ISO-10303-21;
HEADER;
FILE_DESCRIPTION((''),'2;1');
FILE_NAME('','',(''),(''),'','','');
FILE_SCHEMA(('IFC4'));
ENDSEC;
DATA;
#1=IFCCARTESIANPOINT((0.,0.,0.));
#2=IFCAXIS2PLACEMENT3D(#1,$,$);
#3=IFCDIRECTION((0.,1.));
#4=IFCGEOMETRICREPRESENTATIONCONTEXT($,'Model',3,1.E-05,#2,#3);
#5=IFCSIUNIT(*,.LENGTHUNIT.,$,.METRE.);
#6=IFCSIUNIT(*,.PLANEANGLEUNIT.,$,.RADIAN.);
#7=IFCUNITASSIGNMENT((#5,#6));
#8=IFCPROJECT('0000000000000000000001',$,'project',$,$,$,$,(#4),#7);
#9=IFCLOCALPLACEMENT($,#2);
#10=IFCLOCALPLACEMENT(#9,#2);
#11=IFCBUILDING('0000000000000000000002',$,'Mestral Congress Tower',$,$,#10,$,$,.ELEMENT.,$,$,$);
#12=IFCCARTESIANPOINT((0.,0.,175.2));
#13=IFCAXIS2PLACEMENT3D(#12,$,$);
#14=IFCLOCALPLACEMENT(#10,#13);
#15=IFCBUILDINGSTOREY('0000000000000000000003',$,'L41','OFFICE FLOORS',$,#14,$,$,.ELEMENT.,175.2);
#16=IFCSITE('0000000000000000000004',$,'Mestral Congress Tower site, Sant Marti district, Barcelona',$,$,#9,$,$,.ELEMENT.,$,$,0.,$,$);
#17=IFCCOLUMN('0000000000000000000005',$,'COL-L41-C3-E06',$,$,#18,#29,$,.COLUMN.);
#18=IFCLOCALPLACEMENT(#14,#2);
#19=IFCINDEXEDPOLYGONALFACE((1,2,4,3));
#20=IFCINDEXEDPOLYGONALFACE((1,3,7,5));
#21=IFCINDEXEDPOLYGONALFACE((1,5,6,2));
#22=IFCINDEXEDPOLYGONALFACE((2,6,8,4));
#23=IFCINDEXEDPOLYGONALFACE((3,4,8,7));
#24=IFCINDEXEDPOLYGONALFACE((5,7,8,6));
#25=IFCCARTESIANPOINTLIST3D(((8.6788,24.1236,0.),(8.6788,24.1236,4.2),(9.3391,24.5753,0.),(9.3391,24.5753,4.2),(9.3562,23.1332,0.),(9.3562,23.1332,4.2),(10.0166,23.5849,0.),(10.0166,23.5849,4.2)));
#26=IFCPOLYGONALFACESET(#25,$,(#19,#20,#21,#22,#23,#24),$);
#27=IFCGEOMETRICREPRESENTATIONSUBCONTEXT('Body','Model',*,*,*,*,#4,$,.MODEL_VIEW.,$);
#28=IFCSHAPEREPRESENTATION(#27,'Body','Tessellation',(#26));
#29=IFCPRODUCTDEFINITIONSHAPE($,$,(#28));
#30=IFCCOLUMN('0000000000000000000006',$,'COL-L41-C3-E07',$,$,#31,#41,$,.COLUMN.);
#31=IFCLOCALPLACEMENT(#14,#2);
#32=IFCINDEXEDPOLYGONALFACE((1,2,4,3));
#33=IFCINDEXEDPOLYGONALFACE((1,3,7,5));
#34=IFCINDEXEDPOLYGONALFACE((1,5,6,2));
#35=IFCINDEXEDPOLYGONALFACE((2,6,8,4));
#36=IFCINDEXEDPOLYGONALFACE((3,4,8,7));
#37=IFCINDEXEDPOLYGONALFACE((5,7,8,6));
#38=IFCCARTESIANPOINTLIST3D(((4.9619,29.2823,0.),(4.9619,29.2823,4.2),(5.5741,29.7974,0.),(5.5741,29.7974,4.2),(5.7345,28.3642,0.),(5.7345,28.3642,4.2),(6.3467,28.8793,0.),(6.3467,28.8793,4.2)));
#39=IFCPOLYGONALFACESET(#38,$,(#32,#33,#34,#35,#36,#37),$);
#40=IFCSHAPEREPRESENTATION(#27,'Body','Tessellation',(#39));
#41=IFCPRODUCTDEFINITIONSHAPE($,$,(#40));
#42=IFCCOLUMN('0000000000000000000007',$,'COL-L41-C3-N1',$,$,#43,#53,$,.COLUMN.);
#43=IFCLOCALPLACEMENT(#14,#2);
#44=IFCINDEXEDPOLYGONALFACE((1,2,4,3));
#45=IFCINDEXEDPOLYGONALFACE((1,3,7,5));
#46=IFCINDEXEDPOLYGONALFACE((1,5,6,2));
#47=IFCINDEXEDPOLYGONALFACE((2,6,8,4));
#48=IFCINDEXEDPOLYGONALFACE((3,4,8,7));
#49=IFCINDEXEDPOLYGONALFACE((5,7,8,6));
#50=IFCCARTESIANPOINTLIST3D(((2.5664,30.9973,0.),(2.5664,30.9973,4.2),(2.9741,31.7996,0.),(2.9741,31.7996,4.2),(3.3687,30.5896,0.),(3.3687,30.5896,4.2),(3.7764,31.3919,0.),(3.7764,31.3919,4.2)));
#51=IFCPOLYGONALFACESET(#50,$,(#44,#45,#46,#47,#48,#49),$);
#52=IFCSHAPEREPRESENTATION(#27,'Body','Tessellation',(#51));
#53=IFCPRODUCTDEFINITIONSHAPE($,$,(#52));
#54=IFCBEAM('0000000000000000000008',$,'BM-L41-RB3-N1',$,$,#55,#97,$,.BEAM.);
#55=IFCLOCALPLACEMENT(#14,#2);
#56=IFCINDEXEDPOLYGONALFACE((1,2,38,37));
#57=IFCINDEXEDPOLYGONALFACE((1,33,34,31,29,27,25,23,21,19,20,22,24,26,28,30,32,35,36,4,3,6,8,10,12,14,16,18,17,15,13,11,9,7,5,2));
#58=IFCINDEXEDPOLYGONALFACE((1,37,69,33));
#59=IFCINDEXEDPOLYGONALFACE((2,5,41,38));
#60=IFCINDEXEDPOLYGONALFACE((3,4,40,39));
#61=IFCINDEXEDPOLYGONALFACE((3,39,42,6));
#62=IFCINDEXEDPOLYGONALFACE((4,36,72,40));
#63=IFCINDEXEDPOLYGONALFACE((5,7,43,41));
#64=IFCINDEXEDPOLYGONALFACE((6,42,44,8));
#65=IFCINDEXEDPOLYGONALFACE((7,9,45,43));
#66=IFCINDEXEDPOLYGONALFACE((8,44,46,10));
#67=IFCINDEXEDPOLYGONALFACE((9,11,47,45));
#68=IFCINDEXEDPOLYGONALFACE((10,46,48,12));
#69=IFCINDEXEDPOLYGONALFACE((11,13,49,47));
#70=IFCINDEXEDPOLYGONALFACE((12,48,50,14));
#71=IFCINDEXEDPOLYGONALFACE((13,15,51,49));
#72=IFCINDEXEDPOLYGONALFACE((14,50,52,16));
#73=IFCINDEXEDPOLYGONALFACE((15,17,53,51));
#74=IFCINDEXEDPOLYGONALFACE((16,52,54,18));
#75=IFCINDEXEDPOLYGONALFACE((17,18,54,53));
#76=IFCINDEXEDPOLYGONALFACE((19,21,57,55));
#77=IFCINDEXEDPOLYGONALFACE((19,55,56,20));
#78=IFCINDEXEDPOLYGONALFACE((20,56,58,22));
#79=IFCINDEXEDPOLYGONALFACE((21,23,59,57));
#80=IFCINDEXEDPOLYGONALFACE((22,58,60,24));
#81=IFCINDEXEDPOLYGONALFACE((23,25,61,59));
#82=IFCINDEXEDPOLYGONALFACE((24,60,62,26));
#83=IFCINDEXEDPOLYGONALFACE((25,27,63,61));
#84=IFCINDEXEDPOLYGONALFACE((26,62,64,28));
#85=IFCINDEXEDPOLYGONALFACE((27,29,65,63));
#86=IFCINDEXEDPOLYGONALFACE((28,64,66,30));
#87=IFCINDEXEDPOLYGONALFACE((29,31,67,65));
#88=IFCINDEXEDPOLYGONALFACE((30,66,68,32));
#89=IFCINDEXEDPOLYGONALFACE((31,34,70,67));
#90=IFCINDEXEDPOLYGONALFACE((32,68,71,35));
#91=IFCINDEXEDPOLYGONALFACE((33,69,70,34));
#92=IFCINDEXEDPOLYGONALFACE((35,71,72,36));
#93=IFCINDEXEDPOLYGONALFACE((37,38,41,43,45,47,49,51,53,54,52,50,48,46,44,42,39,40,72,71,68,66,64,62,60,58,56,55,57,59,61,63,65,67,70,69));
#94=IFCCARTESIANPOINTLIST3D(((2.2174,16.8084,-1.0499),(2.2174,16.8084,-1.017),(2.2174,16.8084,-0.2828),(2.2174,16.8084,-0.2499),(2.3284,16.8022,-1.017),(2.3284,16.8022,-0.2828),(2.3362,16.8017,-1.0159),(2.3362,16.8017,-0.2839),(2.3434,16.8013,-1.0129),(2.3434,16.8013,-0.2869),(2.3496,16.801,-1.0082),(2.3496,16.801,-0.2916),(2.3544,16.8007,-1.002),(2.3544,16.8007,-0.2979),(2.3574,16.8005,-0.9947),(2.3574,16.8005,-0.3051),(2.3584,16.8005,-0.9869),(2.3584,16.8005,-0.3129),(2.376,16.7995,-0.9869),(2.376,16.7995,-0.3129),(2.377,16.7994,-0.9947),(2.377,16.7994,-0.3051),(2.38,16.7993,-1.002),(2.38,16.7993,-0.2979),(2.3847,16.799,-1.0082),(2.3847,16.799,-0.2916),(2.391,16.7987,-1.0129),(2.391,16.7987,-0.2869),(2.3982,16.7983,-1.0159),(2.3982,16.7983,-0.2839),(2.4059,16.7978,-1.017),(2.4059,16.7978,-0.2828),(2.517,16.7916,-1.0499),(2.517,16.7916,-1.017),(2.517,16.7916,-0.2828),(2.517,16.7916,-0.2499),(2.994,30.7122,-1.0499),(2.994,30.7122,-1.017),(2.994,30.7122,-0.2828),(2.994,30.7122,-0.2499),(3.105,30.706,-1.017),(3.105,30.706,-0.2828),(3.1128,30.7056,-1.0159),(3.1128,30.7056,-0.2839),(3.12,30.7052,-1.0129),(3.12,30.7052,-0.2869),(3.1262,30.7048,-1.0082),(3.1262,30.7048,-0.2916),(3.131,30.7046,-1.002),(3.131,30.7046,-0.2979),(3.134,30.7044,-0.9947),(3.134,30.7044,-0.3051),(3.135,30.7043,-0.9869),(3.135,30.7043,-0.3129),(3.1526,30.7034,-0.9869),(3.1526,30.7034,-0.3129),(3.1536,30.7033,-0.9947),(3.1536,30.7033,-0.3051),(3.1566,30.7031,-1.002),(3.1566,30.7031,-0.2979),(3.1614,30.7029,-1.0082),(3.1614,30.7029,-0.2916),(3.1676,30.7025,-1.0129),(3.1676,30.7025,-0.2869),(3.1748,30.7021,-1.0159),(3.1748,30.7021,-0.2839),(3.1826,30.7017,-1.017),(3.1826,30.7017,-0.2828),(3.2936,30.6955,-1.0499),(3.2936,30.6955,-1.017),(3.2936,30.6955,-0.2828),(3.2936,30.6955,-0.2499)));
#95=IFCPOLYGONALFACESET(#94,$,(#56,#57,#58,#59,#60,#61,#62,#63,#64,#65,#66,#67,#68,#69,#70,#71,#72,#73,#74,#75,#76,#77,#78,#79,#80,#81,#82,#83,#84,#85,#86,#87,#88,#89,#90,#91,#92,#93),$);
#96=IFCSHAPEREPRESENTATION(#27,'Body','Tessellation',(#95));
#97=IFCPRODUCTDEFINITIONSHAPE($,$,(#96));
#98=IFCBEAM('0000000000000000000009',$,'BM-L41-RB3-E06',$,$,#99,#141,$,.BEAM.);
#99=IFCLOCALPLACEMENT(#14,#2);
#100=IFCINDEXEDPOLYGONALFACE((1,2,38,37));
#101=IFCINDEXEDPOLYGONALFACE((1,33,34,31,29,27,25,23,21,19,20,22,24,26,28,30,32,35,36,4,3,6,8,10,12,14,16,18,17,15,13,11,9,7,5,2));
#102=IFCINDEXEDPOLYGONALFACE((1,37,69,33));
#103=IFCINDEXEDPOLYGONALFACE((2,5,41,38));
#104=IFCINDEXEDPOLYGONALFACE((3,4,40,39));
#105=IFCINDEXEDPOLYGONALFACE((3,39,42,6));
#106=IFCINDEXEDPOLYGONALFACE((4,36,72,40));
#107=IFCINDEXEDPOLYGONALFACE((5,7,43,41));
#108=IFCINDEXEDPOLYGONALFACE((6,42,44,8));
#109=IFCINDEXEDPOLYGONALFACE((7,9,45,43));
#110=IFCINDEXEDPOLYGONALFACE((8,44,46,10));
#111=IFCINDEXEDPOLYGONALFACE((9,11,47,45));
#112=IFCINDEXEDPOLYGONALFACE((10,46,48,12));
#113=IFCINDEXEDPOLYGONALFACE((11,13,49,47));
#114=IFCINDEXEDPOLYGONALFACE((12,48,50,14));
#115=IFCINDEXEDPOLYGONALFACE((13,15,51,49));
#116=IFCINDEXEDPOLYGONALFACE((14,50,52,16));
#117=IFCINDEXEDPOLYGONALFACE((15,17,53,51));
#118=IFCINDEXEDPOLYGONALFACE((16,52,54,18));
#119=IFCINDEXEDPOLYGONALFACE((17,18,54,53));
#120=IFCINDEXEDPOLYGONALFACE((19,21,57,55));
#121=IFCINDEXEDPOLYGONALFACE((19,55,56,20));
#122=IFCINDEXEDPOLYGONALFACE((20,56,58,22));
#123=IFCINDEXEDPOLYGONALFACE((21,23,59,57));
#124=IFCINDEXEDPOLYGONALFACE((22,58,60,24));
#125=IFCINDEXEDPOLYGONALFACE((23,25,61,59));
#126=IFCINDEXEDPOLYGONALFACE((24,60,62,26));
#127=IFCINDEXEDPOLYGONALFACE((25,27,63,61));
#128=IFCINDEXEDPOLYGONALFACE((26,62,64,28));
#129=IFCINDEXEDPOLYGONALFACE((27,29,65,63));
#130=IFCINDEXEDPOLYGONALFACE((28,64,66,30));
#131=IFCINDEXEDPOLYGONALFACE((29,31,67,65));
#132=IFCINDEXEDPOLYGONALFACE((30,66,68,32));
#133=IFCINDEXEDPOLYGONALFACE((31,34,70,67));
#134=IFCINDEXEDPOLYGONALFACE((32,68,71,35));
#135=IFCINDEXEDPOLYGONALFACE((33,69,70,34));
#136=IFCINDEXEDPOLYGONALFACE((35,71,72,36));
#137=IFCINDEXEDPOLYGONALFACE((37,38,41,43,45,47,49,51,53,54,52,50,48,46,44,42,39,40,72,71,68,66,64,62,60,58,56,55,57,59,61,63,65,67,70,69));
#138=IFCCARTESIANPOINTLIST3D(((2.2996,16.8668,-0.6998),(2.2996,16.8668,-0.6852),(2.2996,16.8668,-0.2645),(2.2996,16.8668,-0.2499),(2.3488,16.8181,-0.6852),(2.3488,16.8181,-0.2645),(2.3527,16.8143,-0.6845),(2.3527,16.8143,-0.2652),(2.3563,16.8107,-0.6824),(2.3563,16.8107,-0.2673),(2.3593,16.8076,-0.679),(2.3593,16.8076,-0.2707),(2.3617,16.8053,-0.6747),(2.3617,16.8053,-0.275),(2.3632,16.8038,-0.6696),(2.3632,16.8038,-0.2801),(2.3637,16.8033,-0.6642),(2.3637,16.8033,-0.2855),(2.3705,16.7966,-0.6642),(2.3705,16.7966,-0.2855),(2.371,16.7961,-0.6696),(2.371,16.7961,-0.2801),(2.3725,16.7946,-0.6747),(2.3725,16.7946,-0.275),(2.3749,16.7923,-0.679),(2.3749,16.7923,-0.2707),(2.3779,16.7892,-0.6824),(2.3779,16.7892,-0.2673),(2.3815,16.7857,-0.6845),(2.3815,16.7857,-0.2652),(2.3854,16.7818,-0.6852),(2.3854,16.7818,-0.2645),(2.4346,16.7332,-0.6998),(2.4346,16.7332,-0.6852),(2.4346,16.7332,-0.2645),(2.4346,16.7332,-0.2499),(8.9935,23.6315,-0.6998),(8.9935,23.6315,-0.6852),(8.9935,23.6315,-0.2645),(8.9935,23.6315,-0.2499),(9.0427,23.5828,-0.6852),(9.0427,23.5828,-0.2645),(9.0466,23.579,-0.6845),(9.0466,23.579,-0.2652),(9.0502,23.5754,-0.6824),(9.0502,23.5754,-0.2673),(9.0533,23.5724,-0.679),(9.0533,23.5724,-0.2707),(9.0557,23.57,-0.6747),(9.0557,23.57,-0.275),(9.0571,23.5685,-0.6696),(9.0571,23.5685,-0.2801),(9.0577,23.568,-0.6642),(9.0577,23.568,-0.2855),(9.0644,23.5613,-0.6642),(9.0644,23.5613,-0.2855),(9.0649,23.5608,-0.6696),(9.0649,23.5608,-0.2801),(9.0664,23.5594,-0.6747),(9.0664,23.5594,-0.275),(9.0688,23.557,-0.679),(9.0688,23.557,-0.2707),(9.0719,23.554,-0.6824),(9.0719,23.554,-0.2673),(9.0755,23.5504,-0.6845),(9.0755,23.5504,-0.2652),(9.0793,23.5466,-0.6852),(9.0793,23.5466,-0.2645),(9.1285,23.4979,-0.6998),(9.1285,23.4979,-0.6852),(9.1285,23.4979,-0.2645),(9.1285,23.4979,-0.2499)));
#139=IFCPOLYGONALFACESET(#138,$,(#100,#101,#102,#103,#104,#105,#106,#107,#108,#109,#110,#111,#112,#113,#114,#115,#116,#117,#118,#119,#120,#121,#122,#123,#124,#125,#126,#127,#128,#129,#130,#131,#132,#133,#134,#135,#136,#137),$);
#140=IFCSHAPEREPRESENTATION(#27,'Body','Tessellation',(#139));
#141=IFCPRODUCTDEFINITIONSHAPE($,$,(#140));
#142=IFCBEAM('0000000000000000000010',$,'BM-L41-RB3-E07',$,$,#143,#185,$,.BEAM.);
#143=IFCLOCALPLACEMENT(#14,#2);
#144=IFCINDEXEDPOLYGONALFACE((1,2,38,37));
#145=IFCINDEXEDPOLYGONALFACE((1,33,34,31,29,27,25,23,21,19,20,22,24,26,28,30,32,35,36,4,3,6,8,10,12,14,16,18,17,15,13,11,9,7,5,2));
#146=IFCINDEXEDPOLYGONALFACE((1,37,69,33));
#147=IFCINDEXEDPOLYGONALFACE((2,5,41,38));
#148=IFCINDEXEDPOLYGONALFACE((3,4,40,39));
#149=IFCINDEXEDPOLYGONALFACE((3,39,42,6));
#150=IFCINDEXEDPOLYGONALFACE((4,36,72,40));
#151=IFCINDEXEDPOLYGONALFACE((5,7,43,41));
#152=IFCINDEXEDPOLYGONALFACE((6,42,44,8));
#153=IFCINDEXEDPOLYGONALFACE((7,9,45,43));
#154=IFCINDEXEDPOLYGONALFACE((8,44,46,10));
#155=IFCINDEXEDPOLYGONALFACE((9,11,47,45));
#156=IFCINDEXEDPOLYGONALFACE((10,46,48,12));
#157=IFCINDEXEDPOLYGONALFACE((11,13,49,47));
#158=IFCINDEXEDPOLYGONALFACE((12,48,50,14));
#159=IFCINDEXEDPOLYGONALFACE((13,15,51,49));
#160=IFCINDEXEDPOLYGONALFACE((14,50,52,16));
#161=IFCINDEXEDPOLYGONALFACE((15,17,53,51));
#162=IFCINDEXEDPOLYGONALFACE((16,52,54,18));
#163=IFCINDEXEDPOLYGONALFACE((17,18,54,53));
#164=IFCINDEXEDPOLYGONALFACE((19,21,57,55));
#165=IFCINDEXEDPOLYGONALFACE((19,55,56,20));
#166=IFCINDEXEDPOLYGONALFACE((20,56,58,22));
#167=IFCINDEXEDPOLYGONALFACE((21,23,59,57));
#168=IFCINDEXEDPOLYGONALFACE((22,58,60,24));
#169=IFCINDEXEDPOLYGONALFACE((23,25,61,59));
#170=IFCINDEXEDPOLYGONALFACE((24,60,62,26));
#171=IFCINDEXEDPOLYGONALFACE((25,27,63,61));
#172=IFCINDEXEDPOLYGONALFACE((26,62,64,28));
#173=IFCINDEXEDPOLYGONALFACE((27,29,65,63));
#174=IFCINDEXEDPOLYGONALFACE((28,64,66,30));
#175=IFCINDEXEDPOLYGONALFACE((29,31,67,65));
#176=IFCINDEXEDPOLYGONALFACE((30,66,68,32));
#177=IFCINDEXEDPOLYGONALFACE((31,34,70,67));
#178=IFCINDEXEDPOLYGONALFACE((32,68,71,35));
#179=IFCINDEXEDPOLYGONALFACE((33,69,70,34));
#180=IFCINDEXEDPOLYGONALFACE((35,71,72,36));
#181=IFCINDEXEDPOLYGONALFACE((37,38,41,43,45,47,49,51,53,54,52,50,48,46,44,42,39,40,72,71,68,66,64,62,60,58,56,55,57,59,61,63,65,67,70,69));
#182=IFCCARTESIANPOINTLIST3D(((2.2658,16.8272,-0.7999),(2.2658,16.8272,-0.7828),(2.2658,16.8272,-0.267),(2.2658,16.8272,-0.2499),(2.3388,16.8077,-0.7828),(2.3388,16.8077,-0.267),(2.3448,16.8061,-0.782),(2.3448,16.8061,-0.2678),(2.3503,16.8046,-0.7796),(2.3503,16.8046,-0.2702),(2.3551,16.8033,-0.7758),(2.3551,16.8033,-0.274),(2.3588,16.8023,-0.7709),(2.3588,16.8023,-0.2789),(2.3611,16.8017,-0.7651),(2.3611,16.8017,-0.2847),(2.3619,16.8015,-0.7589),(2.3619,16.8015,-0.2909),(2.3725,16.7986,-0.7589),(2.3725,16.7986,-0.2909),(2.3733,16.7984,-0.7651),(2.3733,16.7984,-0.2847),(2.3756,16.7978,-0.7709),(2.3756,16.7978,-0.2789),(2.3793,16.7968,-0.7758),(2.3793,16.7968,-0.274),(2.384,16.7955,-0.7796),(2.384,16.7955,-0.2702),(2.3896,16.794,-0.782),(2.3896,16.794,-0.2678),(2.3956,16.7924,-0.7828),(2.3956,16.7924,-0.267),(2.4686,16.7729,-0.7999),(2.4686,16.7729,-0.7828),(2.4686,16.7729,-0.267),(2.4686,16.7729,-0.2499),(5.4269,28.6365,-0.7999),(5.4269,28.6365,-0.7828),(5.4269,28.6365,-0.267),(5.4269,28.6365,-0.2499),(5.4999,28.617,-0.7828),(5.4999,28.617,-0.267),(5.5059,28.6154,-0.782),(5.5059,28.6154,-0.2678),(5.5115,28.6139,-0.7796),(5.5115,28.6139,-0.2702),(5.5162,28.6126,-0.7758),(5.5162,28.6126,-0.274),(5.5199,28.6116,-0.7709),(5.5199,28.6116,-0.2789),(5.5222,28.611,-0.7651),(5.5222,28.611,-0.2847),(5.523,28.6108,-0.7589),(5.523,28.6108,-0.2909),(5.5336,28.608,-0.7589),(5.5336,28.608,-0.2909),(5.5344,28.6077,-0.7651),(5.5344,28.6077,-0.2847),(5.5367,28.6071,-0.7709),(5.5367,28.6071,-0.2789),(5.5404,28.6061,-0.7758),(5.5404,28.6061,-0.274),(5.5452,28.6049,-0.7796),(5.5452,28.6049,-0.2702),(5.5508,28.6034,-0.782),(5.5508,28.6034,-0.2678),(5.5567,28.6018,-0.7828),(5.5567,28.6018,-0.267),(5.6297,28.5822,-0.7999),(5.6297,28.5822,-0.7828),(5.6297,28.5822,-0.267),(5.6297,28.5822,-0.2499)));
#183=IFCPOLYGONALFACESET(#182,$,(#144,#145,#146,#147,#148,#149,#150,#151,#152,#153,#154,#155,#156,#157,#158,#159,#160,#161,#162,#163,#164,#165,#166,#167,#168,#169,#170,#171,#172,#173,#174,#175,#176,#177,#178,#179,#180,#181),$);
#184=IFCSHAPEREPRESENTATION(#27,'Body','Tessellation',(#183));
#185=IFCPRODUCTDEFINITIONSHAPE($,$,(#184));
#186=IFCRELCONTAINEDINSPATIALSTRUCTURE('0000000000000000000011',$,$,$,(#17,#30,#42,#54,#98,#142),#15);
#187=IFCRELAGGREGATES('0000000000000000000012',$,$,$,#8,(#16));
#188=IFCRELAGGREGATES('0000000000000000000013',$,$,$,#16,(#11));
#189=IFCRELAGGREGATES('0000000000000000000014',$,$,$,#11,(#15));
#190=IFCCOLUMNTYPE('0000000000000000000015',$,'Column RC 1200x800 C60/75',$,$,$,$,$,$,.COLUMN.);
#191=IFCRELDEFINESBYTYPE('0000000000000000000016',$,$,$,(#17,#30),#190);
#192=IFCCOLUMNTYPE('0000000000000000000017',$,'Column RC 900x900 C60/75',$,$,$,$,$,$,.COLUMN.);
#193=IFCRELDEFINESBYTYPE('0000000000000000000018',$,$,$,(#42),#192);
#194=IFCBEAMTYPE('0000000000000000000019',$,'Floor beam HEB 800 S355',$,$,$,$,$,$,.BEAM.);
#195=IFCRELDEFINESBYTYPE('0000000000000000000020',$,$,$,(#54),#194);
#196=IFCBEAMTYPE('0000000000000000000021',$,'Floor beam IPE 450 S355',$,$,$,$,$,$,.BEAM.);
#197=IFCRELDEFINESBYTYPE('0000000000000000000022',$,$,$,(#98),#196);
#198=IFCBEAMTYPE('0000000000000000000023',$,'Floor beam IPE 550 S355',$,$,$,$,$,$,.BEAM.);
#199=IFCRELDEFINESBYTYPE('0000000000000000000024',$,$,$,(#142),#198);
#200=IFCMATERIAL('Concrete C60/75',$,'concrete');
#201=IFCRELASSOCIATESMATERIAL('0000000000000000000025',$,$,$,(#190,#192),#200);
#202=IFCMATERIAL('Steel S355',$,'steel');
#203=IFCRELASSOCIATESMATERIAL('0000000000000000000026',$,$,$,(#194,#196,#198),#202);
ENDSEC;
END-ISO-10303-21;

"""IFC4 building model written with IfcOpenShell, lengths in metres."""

from ifc_helpers import new_model, si_unit, direction, frame, origin, origin_2d, place, context, subcontext, project, spatial, rectangle, i_section, extrude, material, material_profile, profile_set, type_object, element, save


model = new_model("IFC4")

# Units and contexts
model_context = context("Model", 3, precision=1e-05, world=origin(), true_north=direction((0.0, 1.0)))
body_context = subcontext(model_context, "Body", "Model", "MODEL_VIEW")
ifc_project = project(units=[si_unit("LENGTHUNIT", "METRE"), si_unit("PLANEANGLEUNIT", "RADIAN")], contexts=[model_context])

# Site, building, storey
site_placement = place(None, origin())
site = spatial("IfcSite", under=ifc_project, at=site_placement, Name="Mestral Congress Tower site, Sant Marti district, Barcelona", CompositionType="ELEMENT", RefElevation=0.0)
building_placement = place(site_placement, origin())
building = spatial("IfcBuilding", under=site, at=building_placement, Name="Mestral Congress Tower", CompositionType="ELEMENT")
storey_placement = place(building_placement, frame((0.0, 0.0, 175.2)))
storey = spatial("IfcBuildingStorey", under=building, at=storey_placement, Name="L41", Description="OFFICE FLOORS", CompositionType="ELEMENT", Elevation=175.2)

# Columns
ifc_material_1 = material(Name="Concrete C60/75", Category="concrete")
ifc_material_profile_1 = material_profile(ifc_material_1, rectangle(XDim=1.2, YDim=0.8, at=origin_2d()), Name="RC 1200x800")
ifc_profile_set_1 = profile_set([ifc_material_profile_1], Name="Concrete C60/75")
column_type_1 = type_object("IfcColumnType", Name="Column RC 1200x800 C60/75", PredefinedType="COLUMN", material=ifc_profile_set_1)
for number, where, z_axis, x_axis, name in (
    (1, (9.3477, 23.8542, 0.0), (0.0, 0.0, 1.0), (-0.564568, 0.825387, 0.0), "COL-L41-C3-E06"),
    (2, (5.6543, 29.0808, 0.0), (0.0, 0.0, 1.0), (-0.643827, 0.765171, 0.0), "COL-L41-C3-E07"),
):
    element("IfcColumn", number, at=place(storey_placement, frame(where, z_axis=z_axis, x_axis=x_axis)), inside=storey, type_object=column_type_1, Name=name, PredefinedType="COLUMN", context=body_context, shape_type="SweptSolid", body=[
        extrude(rectangle(XDim=1.2, YDim=0.8, at=origin_2d()), origin(), (0.0, 0.0, 1.0), 4.2),
    ])
ifc_material_profile_2 = material_profile(ifc_material_1, rectangle(XDim=0.8999, YDim=0.8999, at=origin_2d()), Name="RC 900x900")
ifc_profile_set_2 = profile_set([ifc_material_profile_2], Name="Concrete C60/75")
column_type_2 = type_object("IfcColumnType", Name="Column RC 900x900 C60/75", PredefinedType="COLUMN", material=ifc_profile_set_2)
column_placement = place(storey_placement, frame((3.1714, 31.1946, 0.0), z_axis=(0.0, 0.0, 1.0), x_axis=(-0.891486, 0.453048, 0.0)))
element("IfcColumn", 3, at=column_placement, inside=storey, type_object=column_type_2, Name="COL-L41-C3-N1", PredefinedType="COLUMN", context=body_context, shape_type="SweptSolid", body=[
    extrude(rectangle(XDim=0.8999, YDim=0.8999, at=origin_2d()), origin(), (0.0, 0.0, 1.0), 4.2),
])

# Beams
ifc_material_2 = material(Name="Steel S355", Category="steel")
ifc_material_profile_3 = material_profile(ifc_material_2, i_section(OverallWidth=0.3, OverallDepth=0.8, WebThickness=0.0176, FlangeThickness=0.033, FilletRadius=0.03, at=origin_2d()), Name="HEB 800")
ifc_profile_set_3 = profile_set([ifc_material_profile_3], Name="Steel S355")
beam_type_1 = type_object("IfcBeamType", Name="Floor beam HEB 800 S355", PredefinedType="BEAM", material=ifc_profile_set_3)
beam_1_placement = place(storey_placement, frame((3.1438, 30.7039, -0.6499), z_axis=(-0.055769, -0.998444, 0.0), x_axis=(0.998444, -0.055769, 0.0)))
element("IfcBeam", 4, at=beam_1_placement, inside=storey, type_object=beam_type_1, Name="BM-L41-RB3-N1", PredefinedType="BEAM", context=body_context, shape_type="SweptSolid", body=[
    extrude(i_section(OverallWidth=0.3, OverallDepth=0.8, WebThickness=0.0176, FlangeThickness=0.033, FilletRadius=0.03, at=origin_2d()), origin(), (0.0, 0.0, 1.0), 13.9255),
])
ifc_material_profile_4 = material_profile(ifc_material_2, i_section(OverallWidth=0.1899, OverallDepth=0.45, WebThickness=0.0095, FlangeThickness=0.0146, FilletRadius=0.021, at=origin_2d()), Name="IPE 450")
ifc_profile_set_4 = profile_set([ifc_material_profile_4], Name="Steel S355")
beam_type_2 = type_object("IfcBeamType", Name="Floor beam IPE 450 S355", PredefinedType="BEAM", material=ifc_profile_set_4)
beam_2_placement = place(storey_placement, frame((9.061, 23.5647, -0.4749), z_axis=(-0.703377, -0.710817, 0.0), x_axis=(0.710817, -0.703377, 0.0)))
element("IfcBeam", 5, at=beam_2_placement, inside=storey, type_object=beam_type_2, Name="BM-L41-RB3-E06", PredefinedType="BEAM", context=body_context, shape_type="SweptSolid", body=[
    extrude(i_section(OverallWidth=0.1899, OverallDepth=0.45, WebThickness=0.0095, FlangeThickness=0.0146, FilletRadius=0.021, at=origin_2d()), origin(), (0.0, 0.0, 1.0), 9.5168),
])
ifc_material_profile_5 = material_profile(ifc_material_2, i_section(OverallWidth=0.21, OverallDepth=0.55, WebThickness=0.011, FlangeThickness=0.0171, FilletRadius=0.0239, at=origin_2d()), Name="IPE 550")
ifc_profile_set_5 = profile_set([ifc_material_profile_5], Name="Steel S355")
beam_type_3 = type_object("IfcBeamType", Name="Floor beam IPE 550 S355", PredefinedType="BEAM", material=ifc_profile_set_5)
beam_3_placement = place(storey_placement, frame((5.5283, 28.6094, -0.5249), z_axis=(-0.258577, -0.965991, 0.0), x_axis=(0.965991, -0.258577, 0.0)))
element("IfcBeam", 6, at=beam_3_placement, inside=storey, type_object=beam_type_3, Name="BM-L41-RB3-E07", PredefinedType="BEAM", context=body_context, shape_type="SweptSolid", body=[
    extrude(i_section(OverallWidth=0.21, OverallDepth=0.55, WebThickness=0.011, FlangeThickness=0.0171, FilletRadius=0.0239, at=origin_2d()), origin(), (0.0, 0.0, 1.0), 12.2251),
])

save(model, "model.ifc")
